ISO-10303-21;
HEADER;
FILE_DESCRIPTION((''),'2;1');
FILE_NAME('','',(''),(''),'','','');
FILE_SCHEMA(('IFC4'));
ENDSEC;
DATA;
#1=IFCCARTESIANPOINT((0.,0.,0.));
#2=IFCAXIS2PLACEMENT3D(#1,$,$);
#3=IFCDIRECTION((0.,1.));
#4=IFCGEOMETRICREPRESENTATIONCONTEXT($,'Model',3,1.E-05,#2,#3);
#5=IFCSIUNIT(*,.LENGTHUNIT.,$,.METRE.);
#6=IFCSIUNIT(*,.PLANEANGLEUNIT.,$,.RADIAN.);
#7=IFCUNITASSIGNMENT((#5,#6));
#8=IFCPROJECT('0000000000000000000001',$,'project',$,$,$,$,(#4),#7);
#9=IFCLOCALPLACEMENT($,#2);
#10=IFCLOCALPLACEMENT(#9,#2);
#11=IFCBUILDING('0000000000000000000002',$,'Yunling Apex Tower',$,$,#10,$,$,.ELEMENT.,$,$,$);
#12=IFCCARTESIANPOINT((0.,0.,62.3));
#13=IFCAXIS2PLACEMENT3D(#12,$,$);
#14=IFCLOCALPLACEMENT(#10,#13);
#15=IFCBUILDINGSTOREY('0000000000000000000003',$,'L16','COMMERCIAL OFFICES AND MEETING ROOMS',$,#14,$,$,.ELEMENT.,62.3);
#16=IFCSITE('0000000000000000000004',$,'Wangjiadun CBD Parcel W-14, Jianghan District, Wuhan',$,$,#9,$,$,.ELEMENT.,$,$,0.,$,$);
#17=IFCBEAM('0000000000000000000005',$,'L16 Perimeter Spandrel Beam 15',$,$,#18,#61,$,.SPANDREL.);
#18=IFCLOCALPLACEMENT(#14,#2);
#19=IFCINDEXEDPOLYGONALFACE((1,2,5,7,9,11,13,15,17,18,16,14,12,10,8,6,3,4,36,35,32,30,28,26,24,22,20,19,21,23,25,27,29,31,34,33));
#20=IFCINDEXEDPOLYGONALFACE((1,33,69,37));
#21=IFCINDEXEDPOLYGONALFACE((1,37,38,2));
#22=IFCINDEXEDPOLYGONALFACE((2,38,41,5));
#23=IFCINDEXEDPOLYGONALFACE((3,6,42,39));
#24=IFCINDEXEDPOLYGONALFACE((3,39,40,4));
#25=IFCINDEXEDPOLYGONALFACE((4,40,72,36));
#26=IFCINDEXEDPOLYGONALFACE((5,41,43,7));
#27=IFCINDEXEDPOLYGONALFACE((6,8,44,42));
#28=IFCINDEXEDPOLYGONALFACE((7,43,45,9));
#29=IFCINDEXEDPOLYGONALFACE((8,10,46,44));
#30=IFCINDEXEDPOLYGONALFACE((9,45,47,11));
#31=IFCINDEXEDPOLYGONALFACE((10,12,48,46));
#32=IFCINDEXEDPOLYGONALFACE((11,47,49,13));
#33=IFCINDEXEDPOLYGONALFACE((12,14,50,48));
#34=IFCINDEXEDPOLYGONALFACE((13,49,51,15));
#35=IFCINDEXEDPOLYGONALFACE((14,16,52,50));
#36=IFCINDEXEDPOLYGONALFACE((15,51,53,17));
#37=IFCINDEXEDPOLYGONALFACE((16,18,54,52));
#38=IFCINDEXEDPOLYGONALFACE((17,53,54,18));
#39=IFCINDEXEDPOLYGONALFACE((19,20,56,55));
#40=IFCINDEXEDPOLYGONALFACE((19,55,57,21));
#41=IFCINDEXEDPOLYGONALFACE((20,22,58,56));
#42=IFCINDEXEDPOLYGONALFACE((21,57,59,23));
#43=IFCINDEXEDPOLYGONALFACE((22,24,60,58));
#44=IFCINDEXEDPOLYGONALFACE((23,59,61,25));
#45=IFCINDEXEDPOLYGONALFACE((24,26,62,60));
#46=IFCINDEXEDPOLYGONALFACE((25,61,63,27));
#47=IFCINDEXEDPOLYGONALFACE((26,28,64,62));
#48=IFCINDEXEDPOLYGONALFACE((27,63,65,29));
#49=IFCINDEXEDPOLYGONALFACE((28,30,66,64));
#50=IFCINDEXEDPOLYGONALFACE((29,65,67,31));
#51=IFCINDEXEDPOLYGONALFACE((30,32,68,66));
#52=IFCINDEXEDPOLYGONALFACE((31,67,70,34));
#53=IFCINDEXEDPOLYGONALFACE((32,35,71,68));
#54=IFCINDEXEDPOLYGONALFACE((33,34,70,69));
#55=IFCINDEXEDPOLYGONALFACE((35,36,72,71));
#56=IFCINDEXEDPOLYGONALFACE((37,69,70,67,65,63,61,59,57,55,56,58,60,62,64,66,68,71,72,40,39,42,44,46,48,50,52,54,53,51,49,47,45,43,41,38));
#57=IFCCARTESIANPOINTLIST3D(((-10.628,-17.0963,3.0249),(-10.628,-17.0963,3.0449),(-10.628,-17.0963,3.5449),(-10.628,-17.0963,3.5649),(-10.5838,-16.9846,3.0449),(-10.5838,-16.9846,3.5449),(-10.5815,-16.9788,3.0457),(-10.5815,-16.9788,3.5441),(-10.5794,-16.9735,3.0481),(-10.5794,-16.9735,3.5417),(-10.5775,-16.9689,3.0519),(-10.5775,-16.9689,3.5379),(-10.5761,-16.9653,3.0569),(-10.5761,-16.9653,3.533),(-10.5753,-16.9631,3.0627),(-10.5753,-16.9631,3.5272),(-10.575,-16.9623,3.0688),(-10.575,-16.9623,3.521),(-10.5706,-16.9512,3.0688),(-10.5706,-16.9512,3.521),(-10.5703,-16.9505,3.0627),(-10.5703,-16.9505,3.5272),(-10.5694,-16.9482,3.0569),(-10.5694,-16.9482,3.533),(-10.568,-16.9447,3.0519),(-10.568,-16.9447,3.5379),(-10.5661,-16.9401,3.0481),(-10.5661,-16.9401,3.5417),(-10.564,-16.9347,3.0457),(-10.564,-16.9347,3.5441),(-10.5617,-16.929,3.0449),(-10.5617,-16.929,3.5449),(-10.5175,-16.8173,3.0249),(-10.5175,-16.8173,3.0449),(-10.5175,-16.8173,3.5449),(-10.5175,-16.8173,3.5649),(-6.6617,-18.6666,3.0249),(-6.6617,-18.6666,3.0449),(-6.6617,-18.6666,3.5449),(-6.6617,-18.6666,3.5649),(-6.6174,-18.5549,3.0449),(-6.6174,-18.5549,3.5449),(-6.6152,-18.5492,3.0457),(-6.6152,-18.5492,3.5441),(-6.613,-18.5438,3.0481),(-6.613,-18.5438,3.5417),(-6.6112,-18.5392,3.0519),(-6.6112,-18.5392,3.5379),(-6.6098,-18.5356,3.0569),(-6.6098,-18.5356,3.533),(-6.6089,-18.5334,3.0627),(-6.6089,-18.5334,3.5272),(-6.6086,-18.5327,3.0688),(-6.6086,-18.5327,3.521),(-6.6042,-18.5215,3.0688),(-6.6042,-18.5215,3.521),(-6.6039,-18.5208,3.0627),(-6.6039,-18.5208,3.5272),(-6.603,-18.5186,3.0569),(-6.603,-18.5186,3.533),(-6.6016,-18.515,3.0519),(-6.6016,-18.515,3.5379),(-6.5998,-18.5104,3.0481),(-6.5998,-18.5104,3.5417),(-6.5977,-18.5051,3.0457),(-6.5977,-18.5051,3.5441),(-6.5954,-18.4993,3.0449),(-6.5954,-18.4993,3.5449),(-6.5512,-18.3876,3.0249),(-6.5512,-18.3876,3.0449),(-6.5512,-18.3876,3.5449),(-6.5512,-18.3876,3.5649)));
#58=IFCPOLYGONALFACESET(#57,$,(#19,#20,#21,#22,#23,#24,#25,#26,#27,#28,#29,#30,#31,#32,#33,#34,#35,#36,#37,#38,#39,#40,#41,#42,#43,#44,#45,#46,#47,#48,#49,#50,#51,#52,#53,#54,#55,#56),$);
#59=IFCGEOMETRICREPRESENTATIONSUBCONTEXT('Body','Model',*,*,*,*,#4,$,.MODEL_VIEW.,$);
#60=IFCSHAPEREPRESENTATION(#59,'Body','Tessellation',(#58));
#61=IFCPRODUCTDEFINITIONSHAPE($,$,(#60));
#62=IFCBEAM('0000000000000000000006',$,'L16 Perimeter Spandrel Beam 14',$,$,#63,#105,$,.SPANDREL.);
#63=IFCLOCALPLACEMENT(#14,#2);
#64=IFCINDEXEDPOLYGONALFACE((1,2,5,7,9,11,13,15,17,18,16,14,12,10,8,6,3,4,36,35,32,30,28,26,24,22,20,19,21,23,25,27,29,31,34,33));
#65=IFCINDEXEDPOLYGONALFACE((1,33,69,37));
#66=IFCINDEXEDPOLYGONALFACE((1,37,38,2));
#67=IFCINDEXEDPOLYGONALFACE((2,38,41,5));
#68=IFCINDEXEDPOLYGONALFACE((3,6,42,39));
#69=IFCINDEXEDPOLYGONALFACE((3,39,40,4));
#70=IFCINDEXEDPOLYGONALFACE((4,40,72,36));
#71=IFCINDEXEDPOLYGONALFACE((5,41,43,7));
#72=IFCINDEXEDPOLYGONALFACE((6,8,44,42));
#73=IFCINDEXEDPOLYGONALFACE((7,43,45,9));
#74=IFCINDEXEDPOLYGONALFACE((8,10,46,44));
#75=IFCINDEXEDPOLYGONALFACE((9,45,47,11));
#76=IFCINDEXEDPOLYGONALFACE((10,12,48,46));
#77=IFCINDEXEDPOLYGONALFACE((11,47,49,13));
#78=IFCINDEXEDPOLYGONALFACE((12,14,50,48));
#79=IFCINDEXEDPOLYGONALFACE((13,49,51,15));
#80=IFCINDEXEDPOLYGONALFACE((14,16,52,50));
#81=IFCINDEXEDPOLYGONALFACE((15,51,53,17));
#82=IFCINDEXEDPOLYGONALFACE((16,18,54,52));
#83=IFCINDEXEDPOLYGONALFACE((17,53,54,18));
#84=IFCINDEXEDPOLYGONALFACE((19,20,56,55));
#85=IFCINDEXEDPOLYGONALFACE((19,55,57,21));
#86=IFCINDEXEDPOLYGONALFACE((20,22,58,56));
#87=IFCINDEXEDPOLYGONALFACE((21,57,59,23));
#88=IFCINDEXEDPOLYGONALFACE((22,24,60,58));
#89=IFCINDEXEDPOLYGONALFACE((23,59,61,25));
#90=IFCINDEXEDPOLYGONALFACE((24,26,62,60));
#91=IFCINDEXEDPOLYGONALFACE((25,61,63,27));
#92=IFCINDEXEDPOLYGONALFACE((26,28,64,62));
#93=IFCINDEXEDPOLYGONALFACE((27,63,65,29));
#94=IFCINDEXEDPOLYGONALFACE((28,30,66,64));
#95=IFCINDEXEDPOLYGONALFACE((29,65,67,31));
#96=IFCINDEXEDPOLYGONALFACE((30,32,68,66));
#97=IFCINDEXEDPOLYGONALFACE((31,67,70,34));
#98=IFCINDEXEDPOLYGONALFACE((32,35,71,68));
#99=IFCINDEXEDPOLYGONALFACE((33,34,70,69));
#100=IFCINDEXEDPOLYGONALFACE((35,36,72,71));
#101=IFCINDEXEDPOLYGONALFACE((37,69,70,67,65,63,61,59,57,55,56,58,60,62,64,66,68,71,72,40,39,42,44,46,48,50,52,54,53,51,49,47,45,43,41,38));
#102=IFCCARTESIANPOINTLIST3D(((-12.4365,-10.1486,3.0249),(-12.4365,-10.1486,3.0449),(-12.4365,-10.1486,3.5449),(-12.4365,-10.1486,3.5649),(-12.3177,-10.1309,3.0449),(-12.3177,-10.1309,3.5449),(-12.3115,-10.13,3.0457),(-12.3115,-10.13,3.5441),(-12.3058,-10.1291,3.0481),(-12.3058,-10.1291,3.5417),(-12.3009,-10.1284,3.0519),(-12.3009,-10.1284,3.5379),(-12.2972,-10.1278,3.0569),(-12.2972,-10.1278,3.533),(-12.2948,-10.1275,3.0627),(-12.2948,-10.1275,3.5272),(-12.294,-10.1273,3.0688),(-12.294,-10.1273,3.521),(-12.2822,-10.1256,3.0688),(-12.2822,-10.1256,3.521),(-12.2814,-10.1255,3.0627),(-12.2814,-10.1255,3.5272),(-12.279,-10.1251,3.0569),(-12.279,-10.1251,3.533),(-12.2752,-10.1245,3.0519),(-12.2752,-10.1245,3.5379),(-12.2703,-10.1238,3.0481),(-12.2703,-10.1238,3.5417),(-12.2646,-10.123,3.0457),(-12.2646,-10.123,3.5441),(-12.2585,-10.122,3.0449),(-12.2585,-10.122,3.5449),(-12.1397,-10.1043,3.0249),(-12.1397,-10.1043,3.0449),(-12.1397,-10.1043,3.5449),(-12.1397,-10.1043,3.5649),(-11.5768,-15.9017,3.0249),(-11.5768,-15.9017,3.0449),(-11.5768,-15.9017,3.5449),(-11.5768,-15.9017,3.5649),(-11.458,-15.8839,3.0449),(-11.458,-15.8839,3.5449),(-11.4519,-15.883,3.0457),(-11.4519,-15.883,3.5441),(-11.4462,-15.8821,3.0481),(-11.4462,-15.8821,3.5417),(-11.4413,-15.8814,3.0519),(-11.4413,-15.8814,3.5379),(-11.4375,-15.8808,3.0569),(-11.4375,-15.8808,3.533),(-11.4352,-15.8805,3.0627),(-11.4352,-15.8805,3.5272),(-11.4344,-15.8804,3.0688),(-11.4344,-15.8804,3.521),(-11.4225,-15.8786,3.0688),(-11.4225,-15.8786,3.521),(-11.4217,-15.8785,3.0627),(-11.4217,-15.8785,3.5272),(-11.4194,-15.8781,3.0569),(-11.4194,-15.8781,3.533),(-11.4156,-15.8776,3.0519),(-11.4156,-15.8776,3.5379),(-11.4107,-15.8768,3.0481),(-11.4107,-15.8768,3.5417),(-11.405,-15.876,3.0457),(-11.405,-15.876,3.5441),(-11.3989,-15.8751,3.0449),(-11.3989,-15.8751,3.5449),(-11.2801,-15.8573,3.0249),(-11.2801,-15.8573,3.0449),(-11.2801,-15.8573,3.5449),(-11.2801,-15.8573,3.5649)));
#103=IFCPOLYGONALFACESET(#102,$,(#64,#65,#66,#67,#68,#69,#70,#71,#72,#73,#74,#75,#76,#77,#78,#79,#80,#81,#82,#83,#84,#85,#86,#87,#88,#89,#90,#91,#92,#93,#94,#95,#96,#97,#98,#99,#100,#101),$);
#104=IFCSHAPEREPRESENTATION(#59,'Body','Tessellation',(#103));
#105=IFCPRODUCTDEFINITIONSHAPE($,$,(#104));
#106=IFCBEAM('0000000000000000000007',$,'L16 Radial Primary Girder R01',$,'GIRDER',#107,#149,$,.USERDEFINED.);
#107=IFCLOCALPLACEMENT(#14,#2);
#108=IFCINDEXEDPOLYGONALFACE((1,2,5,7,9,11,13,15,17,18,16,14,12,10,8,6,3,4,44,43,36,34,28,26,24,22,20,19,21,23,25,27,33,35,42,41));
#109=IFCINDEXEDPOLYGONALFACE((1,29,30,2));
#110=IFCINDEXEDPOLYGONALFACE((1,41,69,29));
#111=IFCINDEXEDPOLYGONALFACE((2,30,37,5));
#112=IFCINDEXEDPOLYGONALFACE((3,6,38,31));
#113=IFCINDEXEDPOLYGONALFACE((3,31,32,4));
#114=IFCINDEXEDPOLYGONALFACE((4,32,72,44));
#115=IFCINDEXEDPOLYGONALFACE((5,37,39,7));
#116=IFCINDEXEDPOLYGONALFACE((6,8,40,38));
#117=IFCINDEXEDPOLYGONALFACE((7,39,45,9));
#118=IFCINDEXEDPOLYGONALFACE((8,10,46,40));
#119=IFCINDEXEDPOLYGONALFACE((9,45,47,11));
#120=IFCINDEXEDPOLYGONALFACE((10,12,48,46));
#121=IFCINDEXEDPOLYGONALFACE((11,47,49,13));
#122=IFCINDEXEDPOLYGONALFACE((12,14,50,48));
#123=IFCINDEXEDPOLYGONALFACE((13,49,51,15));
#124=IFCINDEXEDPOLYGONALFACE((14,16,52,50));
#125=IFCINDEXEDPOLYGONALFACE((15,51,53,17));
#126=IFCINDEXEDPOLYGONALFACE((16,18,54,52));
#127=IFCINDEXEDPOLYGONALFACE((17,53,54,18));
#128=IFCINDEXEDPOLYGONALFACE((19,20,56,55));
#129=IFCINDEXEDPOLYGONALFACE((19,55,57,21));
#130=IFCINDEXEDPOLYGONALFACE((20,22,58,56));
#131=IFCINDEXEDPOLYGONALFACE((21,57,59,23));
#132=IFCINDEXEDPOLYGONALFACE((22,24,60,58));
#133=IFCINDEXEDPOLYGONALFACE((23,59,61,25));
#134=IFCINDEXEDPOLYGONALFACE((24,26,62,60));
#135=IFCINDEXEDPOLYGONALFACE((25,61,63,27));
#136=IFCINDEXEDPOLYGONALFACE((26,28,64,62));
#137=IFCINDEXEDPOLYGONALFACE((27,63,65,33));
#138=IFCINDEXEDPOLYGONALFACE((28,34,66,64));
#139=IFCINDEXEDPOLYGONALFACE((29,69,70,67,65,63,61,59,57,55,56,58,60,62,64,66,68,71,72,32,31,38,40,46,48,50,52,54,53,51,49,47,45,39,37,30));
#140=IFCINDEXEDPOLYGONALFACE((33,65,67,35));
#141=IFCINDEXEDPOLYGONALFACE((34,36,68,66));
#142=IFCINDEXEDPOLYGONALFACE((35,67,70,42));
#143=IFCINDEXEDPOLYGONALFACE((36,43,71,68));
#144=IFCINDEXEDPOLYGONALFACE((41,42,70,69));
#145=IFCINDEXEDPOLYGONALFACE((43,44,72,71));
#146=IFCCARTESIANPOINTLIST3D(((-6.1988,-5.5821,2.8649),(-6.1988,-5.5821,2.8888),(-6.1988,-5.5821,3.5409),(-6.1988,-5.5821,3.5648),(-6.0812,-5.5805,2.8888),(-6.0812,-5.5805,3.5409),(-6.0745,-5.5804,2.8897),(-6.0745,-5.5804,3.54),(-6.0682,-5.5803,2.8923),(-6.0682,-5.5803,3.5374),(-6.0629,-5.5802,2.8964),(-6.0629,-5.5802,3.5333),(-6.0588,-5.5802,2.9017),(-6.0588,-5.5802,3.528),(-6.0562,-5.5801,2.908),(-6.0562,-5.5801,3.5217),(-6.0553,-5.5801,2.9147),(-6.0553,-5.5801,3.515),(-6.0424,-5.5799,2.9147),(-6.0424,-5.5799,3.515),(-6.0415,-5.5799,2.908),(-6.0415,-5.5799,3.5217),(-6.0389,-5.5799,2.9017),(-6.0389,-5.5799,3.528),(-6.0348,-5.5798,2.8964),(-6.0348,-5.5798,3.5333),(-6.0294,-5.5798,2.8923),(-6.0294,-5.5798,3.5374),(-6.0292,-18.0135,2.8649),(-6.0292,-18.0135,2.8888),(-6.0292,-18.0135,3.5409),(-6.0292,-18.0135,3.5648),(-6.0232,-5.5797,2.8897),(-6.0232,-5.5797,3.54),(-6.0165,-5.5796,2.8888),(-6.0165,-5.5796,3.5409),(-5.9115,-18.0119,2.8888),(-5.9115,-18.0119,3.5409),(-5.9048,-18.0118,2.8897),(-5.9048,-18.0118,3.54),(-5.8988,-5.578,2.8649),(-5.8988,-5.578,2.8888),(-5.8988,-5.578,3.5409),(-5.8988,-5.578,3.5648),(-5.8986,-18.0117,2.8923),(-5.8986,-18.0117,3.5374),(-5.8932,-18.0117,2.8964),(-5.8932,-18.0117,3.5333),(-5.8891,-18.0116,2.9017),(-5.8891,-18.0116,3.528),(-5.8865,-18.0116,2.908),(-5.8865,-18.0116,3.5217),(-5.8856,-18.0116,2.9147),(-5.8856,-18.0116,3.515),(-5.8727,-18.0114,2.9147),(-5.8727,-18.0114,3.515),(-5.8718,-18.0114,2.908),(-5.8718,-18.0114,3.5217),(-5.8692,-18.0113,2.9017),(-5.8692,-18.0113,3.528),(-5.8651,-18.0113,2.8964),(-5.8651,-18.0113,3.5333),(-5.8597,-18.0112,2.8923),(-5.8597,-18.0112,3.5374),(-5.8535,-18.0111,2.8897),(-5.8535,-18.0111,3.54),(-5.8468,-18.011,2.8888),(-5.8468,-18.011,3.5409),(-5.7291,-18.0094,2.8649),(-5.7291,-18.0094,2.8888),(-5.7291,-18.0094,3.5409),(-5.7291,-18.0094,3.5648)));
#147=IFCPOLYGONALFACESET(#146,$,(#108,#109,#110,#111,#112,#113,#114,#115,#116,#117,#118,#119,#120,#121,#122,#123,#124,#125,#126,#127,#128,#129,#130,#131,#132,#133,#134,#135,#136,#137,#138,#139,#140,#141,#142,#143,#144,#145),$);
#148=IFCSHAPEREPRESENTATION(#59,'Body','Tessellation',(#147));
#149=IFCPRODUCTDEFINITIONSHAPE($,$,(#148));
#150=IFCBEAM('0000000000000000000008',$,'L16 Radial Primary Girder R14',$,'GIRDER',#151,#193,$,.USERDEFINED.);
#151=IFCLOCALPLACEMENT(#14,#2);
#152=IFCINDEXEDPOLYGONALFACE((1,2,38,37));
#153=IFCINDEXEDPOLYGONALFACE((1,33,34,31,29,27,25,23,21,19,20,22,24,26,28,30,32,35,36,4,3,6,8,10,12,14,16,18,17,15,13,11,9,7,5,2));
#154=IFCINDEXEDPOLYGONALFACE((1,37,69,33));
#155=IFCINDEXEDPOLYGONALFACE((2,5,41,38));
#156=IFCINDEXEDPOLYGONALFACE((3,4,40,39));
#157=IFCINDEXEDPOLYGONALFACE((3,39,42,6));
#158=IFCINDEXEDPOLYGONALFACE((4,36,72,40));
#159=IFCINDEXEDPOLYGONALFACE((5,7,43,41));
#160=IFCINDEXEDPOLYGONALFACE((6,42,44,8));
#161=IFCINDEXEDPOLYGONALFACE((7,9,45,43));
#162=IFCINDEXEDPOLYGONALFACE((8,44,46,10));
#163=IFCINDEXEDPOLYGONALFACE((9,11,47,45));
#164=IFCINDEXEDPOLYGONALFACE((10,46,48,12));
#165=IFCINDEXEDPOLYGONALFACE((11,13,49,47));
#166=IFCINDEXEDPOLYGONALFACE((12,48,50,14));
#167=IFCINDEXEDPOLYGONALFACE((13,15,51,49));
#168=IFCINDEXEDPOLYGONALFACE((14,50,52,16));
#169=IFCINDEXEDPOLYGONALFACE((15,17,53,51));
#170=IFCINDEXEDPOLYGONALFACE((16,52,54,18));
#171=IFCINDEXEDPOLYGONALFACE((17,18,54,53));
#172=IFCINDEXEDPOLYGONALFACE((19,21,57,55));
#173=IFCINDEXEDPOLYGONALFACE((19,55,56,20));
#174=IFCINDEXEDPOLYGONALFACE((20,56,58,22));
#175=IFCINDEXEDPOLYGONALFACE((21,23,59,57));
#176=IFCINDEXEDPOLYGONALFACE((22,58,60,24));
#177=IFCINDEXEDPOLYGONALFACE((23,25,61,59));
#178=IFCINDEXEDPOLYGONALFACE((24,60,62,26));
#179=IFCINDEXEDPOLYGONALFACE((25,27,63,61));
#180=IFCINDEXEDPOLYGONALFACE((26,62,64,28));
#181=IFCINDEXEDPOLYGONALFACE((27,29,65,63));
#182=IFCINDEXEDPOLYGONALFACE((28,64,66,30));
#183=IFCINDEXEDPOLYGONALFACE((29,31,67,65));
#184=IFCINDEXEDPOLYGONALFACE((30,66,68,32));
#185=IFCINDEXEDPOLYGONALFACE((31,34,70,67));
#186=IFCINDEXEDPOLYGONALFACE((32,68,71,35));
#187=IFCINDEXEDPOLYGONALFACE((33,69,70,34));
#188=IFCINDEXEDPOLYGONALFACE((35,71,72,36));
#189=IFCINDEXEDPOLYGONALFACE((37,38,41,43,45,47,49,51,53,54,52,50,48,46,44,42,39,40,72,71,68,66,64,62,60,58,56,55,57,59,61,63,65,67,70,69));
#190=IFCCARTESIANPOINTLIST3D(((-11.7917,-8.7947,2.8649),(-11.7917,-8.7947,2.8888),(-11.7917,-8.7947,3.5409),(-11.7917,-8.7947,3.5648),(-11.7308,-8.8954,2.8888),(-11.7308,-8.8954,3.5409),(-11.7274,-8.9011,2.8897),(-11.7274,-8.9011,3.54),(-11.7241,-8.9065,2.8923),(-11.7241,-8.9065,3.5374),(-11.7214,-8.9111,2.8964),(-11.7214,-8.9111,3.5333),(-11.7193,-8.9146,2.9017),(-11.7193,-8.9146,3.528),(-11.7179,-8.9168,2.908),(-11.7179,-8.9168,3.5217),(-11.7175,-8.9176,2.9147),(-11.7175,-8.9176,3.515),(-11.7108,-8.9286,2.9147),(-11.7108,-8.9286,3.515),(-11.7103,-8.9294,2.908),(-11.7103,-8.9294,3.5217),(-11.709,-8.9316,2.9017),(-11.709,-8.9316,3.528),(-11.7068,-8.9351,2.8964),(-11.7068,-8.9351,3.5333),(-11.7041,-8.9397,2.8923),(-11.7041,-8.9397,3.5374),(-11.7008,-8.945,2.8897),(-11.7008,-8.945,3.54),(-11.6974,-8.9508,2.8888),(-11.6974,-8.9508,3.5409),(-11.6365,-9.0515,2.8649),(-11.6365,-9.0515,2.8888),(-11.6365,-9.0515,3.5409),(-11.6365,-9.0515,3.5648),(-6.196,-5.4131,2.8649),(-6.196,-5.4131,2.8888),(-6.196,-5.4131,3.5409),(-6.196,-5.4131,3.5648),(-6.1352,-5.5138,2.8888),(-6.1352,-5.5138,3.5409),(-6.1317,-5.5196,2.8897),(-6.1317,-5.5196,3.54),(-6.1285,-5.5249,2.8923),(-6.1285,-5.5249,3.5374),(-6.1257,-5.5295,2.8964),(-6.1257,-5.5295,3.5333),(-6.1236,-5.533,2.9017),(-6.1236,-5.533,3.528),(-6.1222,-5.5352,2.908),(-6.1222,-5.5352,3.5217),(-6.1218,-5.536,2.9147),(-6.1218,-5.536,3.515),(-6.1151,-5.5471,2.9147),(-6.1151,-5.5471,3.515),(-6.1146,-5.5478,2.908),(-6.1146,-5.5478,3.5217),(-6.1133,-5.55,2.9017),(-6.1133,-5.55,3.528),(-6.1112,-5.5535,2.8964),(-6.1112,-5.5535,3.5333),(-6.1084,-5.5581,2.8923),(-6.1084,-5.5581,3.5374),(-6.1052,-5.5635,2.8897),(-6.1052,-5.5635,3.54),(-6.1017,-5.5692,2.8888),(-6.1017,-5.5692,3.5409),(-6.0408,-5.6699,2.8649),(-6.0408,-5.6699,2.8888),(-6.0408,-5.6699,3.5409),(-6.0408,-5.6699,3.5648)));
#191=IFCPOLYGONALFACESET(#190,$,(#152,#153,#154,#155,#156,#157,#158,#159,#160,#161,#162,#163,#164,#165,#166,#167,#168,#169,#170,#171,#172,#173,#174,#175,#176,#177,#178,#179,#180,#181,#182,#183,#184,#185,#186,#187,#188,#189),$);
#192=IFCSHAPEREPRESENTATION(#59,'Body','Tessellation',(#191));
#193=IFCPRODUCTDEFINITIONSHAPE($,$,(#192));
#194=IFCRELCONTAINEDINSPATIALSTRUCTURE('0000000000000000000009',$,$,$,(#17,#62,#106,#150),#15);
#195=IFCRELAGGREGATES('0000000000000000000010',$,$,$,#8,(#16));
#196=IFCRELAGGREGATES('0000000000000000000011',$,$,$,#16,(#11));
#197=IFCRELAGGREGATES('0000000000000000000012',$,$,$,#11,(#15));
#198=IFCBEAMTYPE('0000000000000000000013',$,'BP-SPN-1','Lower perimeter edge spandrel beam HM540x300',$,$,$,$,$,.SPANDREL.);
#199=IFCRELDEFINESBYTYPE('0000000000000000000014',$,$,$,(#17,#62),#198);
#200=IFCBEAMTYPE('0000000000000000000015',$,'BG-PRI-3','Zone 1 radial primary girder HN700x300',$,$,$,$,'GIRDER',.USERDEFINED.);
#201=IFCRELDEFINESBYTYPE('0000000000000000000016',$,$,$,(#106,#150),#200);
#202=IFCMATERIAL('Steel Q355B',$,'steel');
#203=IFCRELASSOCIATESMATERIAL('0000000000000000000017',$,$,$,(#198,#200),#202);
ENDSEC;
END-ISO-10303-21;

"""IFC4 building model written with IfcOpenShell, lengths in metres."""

from ifc_helpers import new_model, si_unit, direction, frame, origin, origin_2d, place, context, subcontext, project, spatial, i_section, extrude, source, transform, mapped, material, material_profile, profile_set, type_object, element, save


model = new_model("IFC4")

# Units and contexts
model_context = context("Model", 3, precision=1e-05, world=origin(), true_north=direction((0.0, 1.0)))
body_context = subcontext(model_context, "Body", "Model", "MODEL_VIEW")
ifc_project = project(units=[si_unit("LENGTHUNIT", "METRE"), si_unit("PLANEANGLEUNIT", "RADIAN")], contexts=[model_context])

# Site, building, storey
site_placement = place(None, origin())
site = spatial("IfcSite", under=ifc_project, at=site_placement, Name="Wangjiadun CBD Parcel W-14, Jianghan District, Wuhan", CompositionType="ELEMENT", RefElevation=0.0)
building_placement = place(site_placement, origin())
building = spatial("IfcBuilding", under=site, at=building_placement, Name="Yunling Apex Tower", CompositionType="ELEMENT")
storey_placement = place(building_placement, frame((0.0, 0.0, 62.3)))
storey = spatial("IfcBuildingStorey", under=building, at=storey_placement, Name="L16", Description="COMMERCIAL OFFICES AND MEETING ROOMS", CompositionType="ELEMENT", Elevation=62.3)

# Beams
ifc_material_1 = material(Name="Steel Q355B", Category="steel")
ifc_material_profile_1 = material_profile(ifc_material_1, i_section(OverallWidth=0.3, OverallDepth=0.54, WebThickness=0.012, FlangeThickness=0.02, FilletRadius=0.0239, at=origin_2d()))
ifc_profile_set_1 = profile_set([ifc_material_profile_1], Name="Steel Q355B")
beam_type_1 = type_object("IfcBeamType", Name="BP-SPN-1", Description="Lower perimeter edge spandrel beam HM540x300", PredefinedType="SPANDREL", material=ifc_profile_set_1)
shared_shape_1 = source(origin(), body_context, "Body", "SweptSolid", [
    extrude(i_section(OverallWidth=0.3, OverallDepth=0.54, WebThickness=0.012, FlangeThickness=0.02, FilletRadius=0.0239, at=origin_2d()), origin(), (0.0, 0.0, 1.0), 4.2659),
])
beam_1_placement = place(storey_placement, frame((-10.5728, -16.9568, 3.2949), z_axis=(0.929781, -0.368112, 0.0), x_axis=(0.368112, 0.929781, 0.0)))
element("IfcBeam", 1, at=beam_1_placement, inside=storey, type_object=beam_type_1, Name="L16 Perimeter Spandrel Beam 15", PredefinedType="SPANDREL", context=body_context, shape_type="MappedRepresentation", body=[
    mapped(shared_shape_1, transform((0.0, 0.0, 0.0), scale=1.0)),
])
shared_shape_2 = source(origin(), body_context, "Body", "SweptSolid", [
    extrude(i_section(OverallWidth=0.3, OverallDepth=0.54, WebThickness=0.012, FlangeThickness=0.02, FilletRadius=0.0239, at=origin_2d()), origin(), (0.0, 0.0, 1.0), 5.8169),
])
beam_2_placement = place(storey_placement, frame((-12.2881, -10.1265, 3.2949), z_axis=(0.147782, -0.98902, 0.0), x_axis=(0.98902, 0.147782, 0.0)))
element("IfcBeam", 2, at=beam_2_placement, inside=storey, type_object=beam_type_1, Name="L16 Perimeter Spandrel Beam 14", PredefinedType="SPANDREL", context=body_context, shape_type="MappedRepresentation", body=[
    mapped(shared_shape_2, transform((0.0, 0.0, 0.0), scale=1.0)),
])
ifc_material_profile_2 = material_profile(ifc_material_1, i_section(OverallWidth=0.3, OverallDepth=0.7, WebThickness=0.0129, FlangeThickness=0.0239, FilletRadius=0.0259, at=origin_2d()))
ifc_profile_set_2 = profile_set([ifc_material_profile_2], Name="Steel Q355B")
beam_type_2 = type_object("IfcBeamType", Name="BG-PRI-3", Description="Zone 1 radial primary girder HN700x300", ElementType="GIRDER", PredefinedType="USERDEFINED", material=ifc_profile_set_2)
shared_shape_3 = source(origin(), body_context, "Body", "SweptSolid", [
    extrude(i_section(OverallWidth=0.3, OverallDepth=0.7, WebThickness=0.0129, FlangeThickness=0.0239, FilletRadius=0.0259, at=origin_2d()), origin(), (0.0, 0.0, 1.0), 12.4326),
])
beam_3_placement = place(storey_placement, frame((-5.8792, -18.0115, 3.2148), z_axis=(-0.013648, 0.999907, 0.0), x_axis=(-0.999907, -0.013648, 0.0)))
element("IfcBeam", 3, at=beam_3_placement, inside=storey, type_object=beam_type_2, Name="L16 Radial Primary Girder R01", ObjectType="GIRDER", PredefinedType="USERDEFINED", context=body_context, shape_type="MappedRepresentation", body=[
    mapped(shared_shape_3, transform((0.0, 0.0, 0.0), scale=1.0)),
])
shared_shape_4 = source(origin(), body_context, "Body", "SweptSolid", [
    extrude(i_section(OverallWidth=0.3, OverallDepth=0.7, WebThickness=0.0129, FlangeThickness=0.0239, FilletRadius=0.0259, at=origin_2d()), origin(), (0.0, 0.0, 1.0), 6.5381),
])
beam_4_placement = place(storey_placement, frame((-11.7141, -8.9231, 3.2148), z_axis=(0.855858, 0.517211, 0.0), x_axis=(-0.517211, 0.855858, 0.0)))
element("IfcBeam", 4, at=beam_4_placement, inside=storey, type_object=beam_type_2, Name="L16 Radial Primary Girder R14", ObjectType="GIRDER", PredefinedType="USERDEFINED", context=body_context, shape_type="MappedRepresentation", body=[
    mapped(shared_shape_4, transform((0.0, 0.0, 0.0), scale=1.0)),
])

save(model, "model.ifc")
